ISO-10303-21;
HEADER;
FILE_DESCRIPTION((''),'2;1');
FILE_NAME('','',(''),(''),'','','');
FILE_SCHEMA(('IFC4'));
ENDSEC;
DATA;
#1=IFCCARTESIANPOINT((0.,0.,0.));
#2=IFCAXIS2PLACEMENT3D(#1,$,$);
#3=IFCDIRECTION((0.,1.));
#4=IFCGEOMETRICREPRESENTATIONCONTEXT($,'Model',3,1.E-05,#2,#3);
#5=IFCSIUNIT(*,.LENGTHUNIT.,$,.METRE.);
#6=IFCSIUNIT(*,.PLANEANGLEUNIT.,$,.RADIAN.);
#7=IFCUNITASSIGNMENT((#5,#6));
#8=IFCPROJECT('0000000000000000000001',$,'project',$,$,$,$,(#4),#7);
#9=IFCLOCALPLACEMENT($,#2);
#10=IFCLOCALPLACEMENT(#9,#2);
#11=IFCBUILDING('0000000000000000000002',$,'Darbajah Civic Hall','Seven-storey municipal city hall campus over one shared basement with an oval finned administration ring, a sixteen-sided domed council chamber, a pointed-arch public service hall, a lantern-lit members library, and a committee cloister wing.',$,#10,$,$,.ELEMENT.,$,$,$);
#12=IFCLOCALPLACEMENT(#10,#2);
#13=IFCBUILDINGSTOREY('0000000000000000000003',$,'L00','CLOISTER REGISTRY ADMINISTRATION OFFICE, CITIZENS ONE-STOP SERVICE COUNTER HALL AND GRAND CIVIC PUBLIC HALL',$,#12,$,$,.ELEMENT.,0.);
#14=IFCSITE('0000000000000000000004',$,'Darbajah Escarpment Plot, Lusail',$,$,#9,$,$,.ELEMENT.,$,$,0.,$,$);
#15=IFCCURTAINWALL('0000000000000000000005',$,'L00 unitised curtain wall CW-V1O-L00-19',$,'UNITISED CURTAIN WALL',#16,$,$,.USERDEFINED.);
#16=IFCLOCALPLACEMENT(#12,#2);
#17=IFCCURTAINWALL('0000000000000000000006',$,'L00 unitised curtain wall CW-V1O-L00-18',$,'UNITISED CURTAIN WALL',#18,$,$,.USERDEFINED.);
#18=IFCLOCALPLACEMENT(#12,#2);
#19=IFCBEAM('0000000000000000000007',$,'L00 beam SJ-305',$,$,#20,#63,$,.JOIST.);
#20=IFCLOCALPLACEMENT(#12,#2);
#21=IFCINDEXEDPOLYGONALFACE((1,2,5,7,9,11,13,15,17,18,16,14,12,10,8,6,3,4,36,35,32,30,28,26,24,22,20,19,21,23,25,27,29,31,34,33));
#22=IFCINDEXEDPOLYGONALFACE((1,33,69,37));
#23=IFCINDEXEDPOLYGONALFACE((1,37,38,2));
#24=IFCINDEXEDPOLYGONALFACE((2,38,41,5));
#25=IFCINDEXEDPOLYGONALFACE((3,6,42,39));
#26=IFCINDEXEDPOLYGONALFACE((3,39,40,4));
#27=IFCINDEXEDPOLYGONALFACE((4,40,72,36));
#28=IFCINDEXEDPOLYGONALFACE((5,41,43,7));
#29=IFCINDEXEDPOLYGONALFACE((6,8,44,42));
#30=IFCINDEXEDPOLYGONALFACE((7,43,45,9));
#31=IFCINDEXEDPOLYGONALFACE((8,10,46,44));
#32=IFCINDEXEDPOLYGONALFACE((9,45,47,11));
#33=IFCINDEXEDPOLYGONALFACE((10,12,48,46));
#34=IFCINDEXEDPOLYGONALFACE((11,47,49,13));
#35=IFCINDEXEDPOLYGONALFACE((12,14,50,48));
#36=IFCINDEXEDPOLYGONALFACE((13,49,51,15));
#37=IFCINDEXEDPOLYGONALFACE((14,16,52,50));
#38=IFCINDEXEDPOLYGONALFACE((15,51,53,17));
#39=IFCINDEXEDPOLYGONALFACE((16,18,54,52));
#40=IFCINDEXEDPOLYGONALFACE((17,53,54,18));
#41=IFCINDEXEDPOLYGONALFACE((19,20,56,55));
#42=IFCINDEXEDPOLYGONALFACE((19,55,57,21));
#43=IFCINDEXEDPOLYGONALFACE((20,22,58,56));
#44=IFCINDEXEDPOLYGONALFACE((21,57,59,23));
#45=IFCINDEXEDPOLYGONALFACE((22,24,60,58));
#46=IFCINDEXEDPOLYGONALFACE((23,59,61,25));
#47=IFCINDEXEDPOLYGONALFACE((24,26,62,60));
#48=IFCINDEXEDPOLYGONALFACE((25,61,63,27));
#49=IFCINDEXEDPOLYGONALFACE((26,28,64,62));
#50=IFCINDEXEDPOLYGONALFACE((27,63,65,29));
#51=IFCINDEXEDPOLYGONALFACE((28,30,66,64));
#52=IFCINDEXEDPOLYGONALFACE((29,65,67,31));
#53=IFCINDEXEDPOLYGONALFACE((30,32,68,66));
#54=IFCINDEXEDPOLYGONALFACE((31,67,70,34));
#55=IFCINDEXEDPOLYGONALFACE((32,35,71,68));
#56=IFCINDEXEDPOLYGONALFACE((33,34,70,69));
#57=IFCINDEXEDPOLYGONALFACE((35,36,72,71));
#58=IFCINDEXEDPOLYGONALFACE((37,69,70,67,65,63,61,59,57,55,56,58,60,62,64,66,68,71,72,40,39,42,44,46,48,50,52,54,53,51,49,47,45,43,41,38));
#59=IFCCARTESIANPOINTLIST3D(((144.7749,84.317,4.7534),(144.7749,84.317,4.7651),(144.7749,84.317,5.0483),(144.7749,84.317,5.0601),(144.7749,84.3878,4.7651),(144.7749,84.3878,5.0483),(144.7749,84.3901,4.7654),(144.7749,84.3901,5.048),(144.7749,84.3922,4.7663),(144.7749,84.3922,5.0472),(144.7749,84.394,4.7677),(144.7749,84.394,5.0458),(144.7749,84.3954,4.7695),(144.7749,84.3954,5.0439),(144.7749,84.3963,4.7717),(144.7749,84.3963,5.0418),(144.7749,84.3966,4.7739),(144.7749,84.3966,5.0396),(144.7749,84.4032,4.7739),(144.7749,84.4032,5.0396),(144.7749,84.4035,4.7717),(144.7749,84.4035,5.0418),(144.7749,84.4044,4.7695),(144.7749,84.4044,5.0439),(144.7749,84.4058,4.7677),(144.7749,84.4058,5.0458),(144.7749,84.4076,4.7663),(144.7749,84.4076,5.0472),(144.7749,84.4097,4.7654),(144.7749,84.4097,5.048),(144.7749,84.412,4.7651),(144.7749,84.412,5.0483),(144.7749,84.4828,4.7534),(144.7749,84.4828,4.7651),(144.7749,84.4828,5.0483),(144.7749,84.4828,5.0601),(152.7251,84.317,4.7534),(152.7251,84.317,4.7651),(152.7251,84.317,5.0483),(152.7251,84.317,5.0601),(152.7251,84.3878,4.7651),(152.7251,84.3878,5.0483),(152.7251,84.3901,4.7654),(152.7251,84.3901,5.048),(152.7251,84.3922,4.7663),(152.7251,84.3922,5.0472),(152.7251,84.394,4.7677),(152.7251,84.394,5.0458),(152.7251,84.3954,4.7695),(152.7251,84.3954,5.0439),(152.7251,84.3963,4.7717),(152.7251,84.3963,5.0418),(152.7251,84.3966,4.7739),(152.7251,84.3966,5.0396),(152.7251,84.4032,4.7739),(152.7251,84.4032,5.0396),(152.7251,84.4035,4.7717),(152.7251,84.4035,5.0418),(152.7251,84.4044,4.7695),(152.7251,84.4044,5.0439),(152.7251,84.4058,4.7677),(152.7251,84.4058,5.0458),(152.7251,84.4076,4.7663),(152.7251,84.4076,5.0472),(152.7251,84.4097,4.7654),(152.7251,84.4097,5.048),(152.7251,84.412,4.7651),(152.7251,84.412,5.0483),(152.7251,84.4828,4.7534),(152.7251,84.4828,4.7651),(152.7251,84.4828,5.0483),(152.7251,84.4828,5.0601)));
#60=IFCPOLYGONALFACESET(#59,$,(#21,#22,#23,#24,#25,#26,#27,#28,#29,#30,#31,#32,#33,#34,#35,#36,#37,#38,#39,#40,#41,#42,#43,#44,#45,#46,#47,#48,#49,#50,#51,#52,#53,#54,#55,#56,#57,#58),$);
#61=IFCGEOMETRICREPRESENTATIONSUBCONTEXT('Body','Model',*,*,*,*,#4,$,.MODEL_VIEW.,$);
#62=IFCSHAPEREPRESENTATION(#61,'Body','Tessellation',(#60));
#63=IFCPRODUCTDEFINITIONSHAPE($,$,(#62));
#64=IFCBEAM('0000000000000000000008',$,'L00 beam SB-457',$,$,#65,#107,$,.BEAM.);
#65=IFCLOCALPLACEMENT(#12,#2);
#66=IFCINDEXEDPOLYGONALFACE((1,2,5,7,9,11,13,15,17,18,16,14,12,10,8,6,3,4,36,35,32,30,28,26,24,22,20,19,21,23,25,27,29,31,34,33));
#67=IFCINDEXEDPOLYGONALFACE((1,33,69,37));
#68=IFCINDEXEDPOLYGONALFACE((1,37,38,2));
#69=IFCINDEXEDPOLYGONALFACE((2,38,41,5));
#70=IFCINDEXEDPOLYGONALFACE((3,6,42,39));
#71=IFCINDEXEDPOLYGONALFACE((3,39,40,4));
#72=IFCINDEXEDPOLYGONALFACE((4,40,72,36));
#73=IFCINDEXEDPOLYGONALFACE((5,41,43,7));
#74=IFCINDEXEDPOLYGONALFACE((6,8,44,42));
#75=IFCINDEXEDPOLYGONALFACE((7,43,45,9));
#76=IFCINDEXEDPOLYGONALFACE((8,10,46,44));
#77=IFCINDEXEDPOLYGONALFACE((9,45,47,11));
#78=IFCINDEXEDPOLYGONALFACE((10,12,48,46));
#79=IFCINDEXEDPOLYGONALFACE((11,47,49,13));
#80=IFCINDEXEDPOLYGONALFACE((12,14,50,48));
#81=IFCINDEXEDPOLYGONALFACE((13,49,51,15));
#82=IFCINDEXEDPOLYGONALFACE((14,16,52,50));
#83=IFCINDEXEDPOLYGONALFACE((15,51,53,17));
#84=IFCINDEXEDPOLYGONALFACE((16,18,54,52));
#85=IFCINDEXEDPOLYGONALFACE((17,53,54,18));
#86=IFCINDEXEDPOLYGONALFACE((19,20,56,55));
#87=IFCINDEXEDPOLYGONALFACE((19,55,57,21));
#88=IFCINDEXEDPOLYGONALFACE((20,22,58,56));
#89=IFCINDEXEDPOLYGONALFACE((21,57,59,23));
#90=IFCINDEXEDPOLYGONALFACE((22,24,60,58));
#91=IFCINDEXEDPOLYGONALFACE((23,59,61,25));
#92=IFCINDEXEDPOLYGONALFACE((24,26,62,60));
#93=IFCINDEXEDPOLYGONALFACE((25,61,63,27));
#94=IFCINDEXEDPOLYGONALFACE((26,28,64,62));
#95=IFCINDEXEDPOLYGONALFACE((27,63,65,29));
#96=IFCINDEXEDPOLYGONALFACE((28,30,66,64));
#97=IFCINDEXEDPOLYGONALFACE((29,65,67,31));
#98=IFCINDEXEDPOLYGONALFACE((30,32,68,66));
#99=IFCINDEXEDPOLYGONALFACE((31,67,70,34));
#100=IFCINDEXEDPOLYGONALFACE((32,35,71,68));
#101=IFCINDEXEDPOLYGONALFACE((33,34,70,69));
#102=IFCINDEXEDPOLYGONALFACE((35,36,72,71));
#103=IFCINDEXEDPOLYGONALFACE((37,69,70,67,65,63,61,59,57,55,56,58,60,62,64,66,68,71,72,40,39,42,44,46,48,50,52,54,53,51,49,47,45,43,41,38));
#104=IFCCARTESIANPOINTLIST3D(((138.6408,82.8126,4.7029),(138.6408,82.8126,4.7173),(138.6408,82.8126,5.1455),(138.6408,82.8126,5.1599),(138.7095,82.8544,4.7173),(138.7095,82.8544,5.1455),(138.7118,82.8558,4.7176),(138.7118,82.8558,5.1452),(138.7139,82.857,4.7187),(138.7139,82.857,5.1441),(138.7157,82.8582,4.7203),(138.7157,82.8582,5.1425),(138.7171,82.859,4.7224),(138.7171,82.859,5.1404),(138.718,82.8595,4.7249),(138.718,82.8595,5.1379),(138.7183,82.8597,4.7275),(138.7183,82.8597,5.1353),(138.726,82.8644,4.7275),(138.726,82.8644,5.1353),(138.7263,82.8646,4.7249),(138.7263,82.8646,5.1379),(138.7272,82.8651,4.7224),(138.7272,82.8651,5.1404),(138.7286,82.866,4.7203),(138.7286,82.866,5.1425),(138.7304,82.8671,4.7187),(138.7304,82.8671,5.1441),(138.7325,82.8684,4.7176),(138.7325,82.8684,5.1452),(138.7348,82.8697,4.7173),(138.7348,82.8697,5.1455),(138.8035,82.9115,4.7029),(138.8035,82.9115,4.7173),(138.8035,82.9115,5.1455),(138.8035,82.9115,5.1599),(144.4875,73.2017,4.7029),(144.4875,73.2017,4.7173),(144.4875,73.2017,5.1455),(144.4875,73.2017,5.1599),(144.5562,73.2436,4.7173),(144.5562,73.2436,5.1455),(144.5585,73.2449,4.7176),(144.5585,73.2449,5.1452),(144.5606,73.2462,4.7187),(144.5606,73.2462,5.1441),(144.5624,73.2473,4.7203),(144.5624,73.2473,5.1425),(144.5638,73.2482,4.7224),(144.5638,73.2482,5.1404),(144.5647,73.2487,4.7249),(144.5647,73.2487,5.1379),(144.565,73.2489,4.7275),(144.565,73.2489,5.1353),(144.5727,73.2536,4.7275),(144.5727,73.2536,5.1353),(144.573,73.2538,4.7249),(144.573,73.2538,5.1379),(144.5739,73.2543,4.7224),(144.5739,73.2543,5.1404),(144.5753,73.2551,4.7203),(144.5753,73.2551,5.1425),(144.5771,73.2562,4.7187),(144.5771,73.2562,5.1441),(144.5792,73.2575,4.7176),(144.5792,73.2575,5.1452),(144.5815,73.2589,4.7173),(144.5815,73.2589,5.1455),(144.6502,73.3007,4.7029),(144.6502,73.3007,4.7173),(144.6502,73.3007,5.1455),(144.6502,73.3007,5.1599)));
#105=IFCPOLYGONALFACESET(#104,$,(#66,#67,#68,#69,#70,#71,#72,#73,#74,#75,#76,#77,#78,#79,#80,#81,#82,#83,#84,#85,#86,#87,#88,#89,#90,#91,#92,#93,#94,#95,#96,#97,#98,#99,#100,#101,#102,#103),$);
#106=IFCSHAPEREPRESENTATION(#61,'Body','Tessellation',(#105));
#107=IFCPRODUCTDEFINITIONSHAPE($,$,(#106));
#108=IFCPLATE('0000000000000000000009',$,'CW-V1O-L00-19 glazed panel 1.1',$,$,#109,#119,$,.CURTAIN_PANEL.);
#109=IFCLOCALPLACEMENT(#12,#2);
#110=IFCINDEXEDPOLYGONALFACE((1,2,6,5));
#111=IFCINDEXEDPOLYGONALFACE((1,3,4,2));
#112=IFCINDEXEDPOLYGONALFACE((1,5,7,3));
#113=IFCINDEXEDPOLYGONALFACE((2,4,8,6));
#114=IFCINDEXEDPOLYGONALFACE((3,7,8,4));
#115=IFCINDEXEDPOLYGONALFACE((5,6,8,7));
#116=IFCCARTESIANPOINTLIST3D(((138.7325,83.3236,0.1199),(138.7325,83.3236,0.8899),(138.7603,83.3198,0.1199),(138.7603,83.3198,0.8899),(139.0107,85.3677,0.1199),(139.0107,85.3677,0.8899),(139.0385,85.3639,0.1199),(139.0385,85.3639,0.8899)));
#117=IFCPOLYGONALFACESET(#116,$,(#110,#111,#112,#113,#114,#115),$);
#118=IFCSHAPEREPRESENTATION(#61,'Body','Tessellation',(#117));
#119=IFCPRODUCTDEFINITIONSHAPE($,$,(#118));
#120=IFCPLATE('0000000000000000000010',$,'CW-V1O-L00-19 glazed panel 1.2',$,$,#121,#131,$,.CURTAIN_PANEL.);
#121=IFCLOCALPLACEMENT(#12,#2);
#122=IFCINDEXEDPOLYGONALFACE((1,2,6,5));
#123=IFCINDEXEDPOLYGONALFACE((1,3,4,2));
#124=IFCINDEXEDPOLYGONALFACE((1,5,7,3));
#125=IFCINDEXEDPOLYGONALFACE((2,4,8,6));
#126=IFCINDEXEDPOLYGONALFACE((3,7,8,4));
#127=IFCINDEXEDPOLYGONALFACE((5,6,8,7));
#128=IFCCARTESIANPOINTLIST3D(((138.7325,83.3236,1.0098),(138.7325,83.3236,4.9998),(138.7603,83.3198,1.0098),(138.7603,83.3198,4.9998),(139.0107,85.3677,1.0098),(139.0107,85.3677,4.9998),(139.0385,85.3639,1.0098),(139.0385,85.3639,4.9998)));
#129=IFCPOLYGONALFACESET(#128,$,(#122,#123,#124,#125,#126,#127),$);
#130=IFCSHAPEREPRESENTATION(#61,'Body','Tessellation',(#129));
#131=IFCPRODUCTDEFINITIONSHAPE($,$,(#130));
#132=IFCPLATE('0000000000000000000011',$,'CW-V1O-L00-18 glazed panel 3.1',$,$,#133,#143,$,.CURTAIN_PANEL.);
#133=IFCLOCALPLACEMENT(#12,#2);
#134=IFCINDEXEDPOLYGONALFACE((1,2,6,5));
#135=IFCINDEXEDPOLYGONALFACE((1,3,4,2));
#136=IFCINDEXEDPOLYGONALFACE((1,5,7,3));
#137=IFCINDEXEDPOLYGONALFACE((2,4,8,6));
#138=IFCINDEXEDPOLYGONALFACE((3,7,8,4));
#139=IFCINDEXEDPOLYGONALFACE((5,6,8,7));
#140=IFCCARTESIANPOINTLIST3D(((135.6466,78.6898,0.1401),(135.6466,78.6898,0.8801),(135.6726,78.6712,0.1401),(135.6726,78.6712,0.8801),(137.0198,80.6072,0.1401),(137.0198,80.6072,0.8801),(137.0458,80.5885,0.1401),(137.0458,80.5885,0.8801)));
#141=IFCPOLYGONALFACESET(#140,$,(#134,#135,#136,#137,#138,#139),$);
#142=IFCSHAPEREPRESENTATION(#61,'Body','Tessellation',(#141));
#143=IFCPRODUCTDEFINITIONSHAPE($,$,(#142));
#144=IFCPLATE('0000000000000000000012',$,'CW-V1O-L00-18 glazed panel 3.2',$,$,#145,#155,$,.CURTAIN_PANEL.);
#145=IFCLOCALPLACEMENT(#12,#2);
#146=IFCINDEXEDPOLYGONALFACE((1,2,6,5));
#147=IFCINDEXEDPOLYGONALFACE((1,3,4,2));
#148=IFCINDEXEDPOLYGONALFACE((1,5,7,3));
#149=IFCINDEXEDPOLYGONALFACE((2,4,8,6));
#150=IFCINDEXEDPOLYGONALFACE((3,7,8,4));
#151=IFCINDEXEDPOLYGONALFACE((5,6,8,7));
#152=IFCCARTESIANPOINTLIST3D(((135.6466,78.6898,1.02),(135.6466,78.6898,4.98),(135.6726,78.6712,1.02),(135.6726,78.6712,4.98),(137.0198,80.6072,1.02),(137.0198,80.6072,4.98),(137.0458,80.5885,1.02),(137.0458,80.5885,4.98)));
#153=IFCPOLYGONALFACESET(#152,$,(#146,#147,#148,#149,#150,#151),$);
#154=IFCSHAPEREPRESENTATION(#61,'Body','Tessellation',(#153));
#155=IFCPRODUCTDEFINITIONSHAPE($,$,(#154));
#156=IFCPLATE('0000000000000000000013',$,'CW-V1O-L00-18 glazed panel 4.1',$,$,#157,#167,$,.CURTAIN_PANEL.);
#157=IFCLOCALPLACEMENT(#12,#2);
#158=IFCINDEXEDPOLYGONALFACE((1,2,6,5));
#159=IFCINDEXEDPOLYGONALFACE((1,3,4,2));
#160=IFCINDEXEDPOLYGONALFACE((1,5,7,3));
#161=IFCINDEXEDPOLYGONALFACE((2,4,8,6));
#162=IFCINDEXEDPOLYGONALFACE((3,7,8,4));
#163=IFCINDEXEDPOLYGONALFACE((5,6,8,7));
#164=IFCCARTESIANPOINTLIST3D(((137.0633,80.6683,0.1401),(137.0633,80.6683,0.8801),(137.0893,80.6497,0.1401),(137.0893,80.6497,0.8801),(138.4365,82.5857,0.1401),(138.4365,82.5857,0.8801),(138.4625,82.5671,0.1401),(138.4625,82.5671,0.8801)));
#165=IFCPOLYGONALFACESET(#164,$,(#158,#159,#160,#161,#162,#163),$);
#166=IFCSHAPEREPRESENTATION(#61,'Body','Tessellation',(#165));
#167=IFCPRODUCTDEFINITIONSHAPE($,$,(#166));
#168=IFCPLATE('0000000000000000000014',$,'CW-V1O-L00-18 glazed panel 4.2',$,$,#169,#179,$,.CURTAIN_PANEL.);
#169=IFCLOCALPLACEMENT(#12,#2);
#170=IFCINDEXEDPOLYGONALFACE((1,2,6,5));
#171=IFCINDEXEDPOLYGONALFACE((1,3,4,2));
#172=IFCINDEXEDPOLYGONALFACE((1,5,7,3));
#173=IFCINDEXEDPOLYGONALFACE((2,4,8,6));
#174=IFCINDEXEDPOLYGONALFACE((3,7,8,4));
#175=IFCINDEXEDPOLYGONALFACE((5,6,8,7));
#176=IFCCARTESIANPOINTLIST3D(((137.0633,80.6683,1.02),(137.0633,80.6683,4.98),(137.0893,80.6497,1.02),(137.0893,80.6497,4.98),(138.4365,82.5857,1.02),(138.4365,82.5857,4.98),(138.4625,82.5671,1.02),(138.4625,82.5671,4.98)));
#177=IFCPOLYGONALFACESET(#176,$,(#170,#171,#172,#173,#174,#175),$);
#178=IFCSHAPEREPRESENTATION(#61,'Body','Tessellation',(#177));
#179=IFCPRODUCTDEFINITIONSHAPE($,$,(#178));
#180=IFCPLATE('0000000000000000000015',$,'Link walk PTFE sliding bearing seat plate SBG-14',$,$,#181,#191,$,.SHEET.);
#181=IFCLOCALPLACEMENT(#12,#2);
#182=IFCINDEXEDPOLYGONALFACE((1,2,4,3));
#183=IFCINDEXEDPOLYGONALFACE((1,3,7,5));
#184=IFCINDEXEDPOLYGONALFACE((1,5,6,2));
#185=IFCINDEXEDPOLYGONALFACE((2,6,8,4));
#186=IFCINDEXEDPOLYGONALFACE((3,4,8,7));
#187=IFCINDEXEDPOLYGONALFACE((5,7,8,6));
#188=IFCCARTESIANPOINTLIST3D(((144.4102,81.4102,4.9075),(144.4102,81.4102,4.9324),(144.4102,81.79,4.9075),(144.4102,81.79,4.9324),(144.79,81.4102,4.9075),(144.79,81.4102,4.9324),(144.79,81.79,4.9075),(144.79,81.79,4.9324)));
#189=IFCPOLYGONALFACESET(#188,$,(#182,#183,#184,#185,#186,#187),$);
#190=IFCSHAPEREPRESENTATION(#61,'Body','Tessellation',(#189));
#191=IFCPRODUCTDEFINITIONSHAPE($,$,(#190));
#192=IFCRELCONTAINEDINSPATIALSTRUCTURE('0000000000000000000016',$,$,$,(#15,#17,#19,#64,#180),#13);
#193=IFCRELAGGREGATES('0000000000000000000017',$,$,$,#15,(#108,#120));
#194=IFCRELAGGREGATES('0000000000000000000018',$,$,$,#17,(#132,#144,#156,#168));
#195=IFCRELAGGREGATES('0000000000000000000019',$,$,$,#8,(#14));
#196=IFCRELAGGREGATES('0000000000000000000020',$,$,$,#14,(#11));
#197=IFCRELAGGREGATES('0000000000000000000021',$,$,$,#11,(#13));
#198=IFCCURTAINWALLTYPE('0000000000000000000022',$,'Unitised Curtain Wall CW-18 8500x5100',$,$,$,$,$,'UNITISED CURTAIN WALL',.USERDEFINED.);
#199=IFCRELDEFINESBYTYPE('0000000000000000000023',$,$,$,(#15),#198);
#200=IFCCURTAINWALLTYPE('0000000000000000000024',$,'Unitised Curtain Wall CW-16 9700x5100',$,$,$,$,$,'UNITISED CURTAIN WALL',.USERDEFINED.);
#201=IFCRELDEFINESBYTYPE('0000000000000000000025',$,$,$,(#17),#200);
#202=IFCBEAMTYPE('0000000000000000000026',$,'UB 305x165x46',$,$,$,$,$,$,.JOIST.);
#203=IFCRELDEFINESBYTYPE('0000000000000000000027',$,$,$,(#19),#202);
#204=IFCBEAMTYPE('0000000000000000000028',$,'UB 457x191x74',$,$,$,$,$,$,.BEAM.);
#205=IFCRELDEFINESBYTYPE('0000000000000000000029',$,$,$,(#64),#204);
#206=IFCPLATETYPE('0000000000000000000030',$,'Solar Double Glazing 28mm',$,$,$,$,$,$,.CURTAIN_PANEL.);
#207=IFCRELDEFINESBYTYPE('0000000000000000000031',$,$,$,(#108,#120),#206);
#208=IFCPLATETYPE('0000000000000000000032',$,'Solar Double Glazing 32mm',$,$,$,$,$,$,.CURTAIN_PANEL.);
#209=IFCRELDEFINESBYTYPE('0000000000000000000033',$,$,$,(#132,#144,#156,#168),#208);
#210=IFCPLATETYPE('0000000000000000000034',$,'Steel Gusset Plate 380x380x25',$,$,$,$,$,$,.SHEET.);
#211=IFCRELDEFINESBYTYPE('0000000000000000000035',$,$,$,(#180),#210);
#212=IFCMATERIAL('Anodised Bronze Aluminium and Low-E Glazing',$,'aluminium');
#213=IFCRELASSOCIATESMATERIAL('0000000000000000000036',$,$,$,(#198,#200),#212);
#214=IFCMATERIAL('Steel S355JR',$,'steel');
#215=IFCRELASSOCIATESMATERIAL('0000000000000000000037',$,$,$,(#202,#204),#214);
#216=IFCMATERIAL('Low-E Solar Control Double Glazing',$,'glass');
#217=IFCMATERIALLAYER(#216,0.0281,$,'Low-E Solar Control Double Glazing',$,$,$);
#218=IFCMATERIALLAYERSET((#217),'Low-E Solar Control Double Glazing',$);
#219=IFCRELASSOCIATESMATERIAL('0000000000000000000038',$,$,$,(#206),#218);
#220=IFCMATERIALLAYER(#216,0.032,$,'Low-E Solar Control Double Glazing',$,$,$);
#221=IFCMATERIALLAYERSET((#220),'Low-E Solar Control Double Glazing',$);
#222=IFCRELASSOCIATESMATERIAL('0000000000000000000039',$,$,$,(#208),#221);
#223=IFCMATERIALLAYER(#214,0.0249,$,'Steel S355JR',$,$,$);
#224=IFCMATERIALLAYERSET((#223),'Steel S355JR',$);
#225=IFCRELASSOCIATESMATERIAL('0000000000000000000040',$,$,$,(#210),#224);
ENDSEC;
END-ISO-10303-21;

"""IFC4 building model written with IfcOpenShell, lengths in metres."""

from ifc_helpers import new_model, si_unit, direction, frame, origin, origin_2d, place, context, subcontext, project, spatial, rectangle, i_section, extrude, material, layer, layer_set, material_profile, profile_set, type_object, element, aggregate, save


model = new_model("IFC4")

# Units and contexts
model_context = context("Model", 3, precision=1e-05, world=origin(), true_north=direction((0.0, 1.0)))
body_context = subcontext(model_context, "Body", "Model", "MODEL_VIEW")
ifc_project = project(units=[si_unit("LENGTHUNIT", "METRE"), si_unit("PLANEANGLEUNIT", "RADIAN")], contexts=[model_context])

# Site, building, storey
site_placement = place(None, origin())
site = spatial("IfcSite", under=ifc_project, at=site_placement, Name="Darbajah Escarpment Plot, Lusail", CompositionType="ELEMENT", RefElevation=0.0)
building_placement = place(site_placement, origin())
building = spatial("IfcBuilding", under=site, at=building_placement, Name="Darbajah Civic Hall", Description="Seven-storey municipal city hall campus over one shared basement with an oval finned administration ring, a sixteen-sided domed council chamber, a pointed-arch public service hall, a lantern-lit members library, and a committee cloister wing.", CompositionType="ELEMENT")
storey_placement = place(building_placement, origin())
storey = spatial("IfcBuildingStorey", under=building, at=storey_placement, Name="L00", Description="CLOISTER REGISTRY ADMINISTRATION OFFICE, CITIZENS ONE-STOP SERVICE COUNTER HALL AND GRAND CIVIC PUBLIC HALL", CompositionType="ELEMENT", Elevation=0.0)

# Curtain walls
ifc_material_1 = material(Name="Anodised Bronze Aluminium and Low-E Glazing", Category="aluminium")
curtain_wall_type_1 = type_object("IfcCurtainWallType", Name="Unitised Curtain Wall CW-18 8500x5100", ElementType="UNITISED CURTAIN WALL", PredefinedType="USERDEFINED", material=ifc_material_1)
curtain_wall_1_placement = place(storey_placement, origin())
curtain_wall_1 = element("IfcCurtainWall", 1, at=curtain_wall_1_placement, inside=storey, type_object=curtain_wall_type_1, Name="L00 unitised curtain wall CW-V1O-L00-19", ObjectType="UNITISED CURTAIN WALL", PredefinedType="USERDEFINED")
curtain_wall_type_2 = type_object("IfcCurtainWallType", Name="Unitised Curtain Wall CW-16 9700x5100", ElementType="UNITISED CURTAIN WALL", PredefinedType="USERDEFINED", material=ifc_material_1)
curtain_wall_2_placement = place(storey_placement, origin())
curtain_wall_2 = element("IfcCurtainWall", 2, at=curtain_wall_2_placement, inside=storey, type_object=curtain_wall_type_2, Name="L00 unitised curtain wall CW-V1O-L00-18", ObjectType="UNITISED CURTAIN WALL", PredefinedType="USERDEFINED")

# Beams
ifc_material_2 = material(Name="Steel S355JR", Category="steel")
ifc_material_profile_1 = material_profile(ifc_material_2, i_section(OverallWidth=0.1658, OverallDepth=0.3066, WebThickness=0.0066, FlangeThickness=0.0117, FilletRadius=0.0088, at=origin_2d()), Name="UB 305x165x46")
ifc_profile_set_1 = profile_set([ifc_material_profile_1], Name="Steel S355JR")
beam_type_1 = type_object("IfcBeamType", Name="UB 305x165x46", PredefinedType="JOIST", material=ifc_profile_set_1)
beam_1_placement = place(storey_placement, frame((144.7749, 84.3999, 4.9067), z_axis=(1.0, 0.0, 0.0), x_axis=(0.0, 1.0, 0.0)))
element("IfcBeam", 3, at=beam_1_placement, inside=storey, type_object=beam_type_1, Name="L00 beam SJ-305", PredefinedType="JOIST", context=body_context, shape_type="SweptSolid", body=[
    extrude(i_section(OverallWidth=0.1658, OverallDepth=0.3066, WebThickness=0.0066, FlangeThickness=0.0117, FilletRadius=0.0088, at=origin_2d()), origin(), (0.0, 0.0, 1.0), 7.9502),
])
ifc_material_profile_2 = material_profile(ifc_material_2, i_section(OverallWidth=0.1904, OverallDepth=0.457, WebThickness=0.009, FlangeThickness=0.0144, FilletRadius=0.0103, at=origin_2d()), Name="UB 457x191x74")
ifc_profile_set_2 = profile_set([ifc_material_profile_2], Name="Steel S355JR")
beam_type_2 = type_object("IfcBeamType", Name="UB 457x191x74", PredefinedType="BEAM", material=ifc_profile_set_2)
beam_2_placement = place(storey_placement, frame((138.7222, 82.8621, 4.9314), z_axis=(0.519727, -0.854333, 0.0), x_axis=(0.854333, 0.519727, 0.0)))
element("IfcBeam", 4, at=beam_2_placement, inside=storey, type_object=beam_type_2, Name="L00 beam SB-457", PredefinedType="BEAM", context=body_context, shape_type="SweptSolid", body=[
    extrude(i_section(OverallWidth=0.1904, OverallDepth=0.457, WebThickness=0.009, FlangeThickness=0.0144, FilletRadius=0.0103, at=origin_2d()), origin(), (0.0, 0.0, 1.0), 11.2495),
])

# Plates
ifc_material_3 = material(Name="Low-E Solar Control Double Glazing", Category="glass")
ifc_layer_1 = layer(ifc_material_3, 0.0281, Name="Low-E Solar Control Double Glazing")
ifc_layer_set_1 = layer_set([ifc_layer_1], Name="Low-E Solar Control Double Glazing")
plate_type_1 = type_object("IfcPlateType", Name="Solar Double Glazing 28mm", PredefinedType="CURTAIN_PANEL", material=ifc_layer_set_1)
plate_1_placement = place(storey_placement, frame((138.8855, 84.3438, 0.1199), z_axis=(0.0, 0.0, 1.0), x_axis=(0.134851, 0.990866, 0.0)))
plate_1 = element("IfcPlate", 5, at=plate_1_placement, type_object=plate_type_1, Name="CW-V1O-L00-19 glazed panel 1.1", PredefinedType="CURTAIN_PANEL", context=body_context, shape_type="SweptSolid", body=[
    extrude(rectangle(XDim=2.063, YDim=0.0281, at=origin_2d()), origin(), (0.0, 0.0, 1.0), 0.77),
])
plate_2_placement = place(storey_placement, frame((138.8855, 84.3438, 1.0098), z_axis=(0.0, 0.0, 1.0), x_axis=(0.134851, 0.990866, 0.0)))
plate_2 = element("IfcPlate", 6, at=plate_2_placement, type_object=plate_type_1, Name="CW-V1O-L00-19 glazed panel 1.2", PredefinedType="CURTAIN_PANEL", context=body_context, shape_type="SweptSolid", body=[
    extrude(rectangle(XDim=2.063, YDim=0.0281, at=origin_2d()), origin(), (0.0, 0.0, 1.0), 3.99),
])
aggregate(curtain_wall_1, [plate_1, plate_2])
ifc_layer_2 = layer(ifc_material_3, 0.032, Name="Low-E Solar Control Double Glazing")
ifc_layer_set_2 = layer_set([ifc_layer_2], Name="Low-E Solar Control Double Glazing")
plate_type_2 = type_object("IfcPlateType", Name="Solar Double Glazing 32mm", PredefinedType="CURTAIN_PANEL", material=ifc_layer_set_2)
plate_3_placement = place(storey_placement, frame((136.3462, 79.6392, 0.1401), z_axis=(0.0, 0.0, 1.0), x_axis=(0.582265, 0.812999, 0.0)))
plate_3 = element("IfcPlate", 7, at=plate_3_placement, type_object=plate_type_2, Name="CW-V1O-L00-18 glazed panel 3.1", PredefinedType="CURTAIN_PANEL", context=body_context, shape_type="SweptSolid", body=[
    extrude(rectangle(XDim=2.3584, YDim=0.032, at=origin_2d()), origin(), (0.0, 0.0, 1.0), 0.74),
])
plate_4_placement = place(storey_placement, frame((136.3462, 79.6392, 1.02), z_axis=(0.0, 0.0, 1.0), x_axis=(0.582265, 0.812999, 0.0)))
plate_4 = element("IfcPlate", 8, at=plate_4_placement, type_object=plate_type_2, Name="CW-V1O-L00-18 glazed panel 3.2", PredefinedType="CURTAIN_PANEL", context=body_context, shape_type="SweptSolid", body=[
    extrude(rectangle(XDim=2.3584, YDim=0.032, at=origin_2d()), origin(), (0.0, 0.0, 1.0), 3.96),
])
plate_5_placement = place(storey_placement, frame((137.7629, 81.6177, 0.1401), z_axis=(0.0, 0.0, 1.0), x_axis=(0.582265, 0.812999, 0.0)))
plate_5 = element("IfcPlate", 9, at=plate_5_placement, type_object=plate_type_2, Name="CW-V1O-L00-18 glazed panel 4.1", PredefinedType="CURTAIN_PANEL", context=body_context, shape_type="SweptSolid", body=[
    extrude(rectangle(XDim=2.3584, YDim=0.032, at=origin_2d()), origin(), (0.0, 0.0, 1.0), 0.74),
])
plate_6_placement = place(storey_placement, frame((137.7629, 81.6177, 1.02), z_axis=(0.0, 0.0, 1.0), x_axis=(0.582265, 0.812999, 0.0)))
plate_6 = element("IfcPlate", 10, at=plate_6_placement, type_object=plate_type_2, Name="CW-V1O-L00-18 glazed panel 4.2", PredefinedType="CURTAIN_PANEL", context=body_context, shape_type="SweptSolid", body=[
    extrude(rectangle(XDim=2.3584, YDim=0.032, at=origin_2d()), origin(), (0.0, 0.0, 1.0), 3.96),
])
aggregate(curtain_wall_2, [plate_3, plate_4, plate_5, plate_6])

# Plate
ifc_layer_3 = layer(ifc_material_2, 0.0249, Name="Steel S355JR")
ifc_layer_set_3 = layer_set([ifc_layer_3], Name="Steel S355JR")
plate_type_3 = type_object("IfcPlateType", Name="Steel Gusset Plate 380x380x25", PredefinedType="SHEET", material=ifc_layer_set_3)
for number, where, z_axis, x_axis, name in (
    (11, (144.6001, 81.6001, 4.9075), (0.0, 0.0, 1.0), (1.0, 0.0, 0.0), "Link walk PTFE sliding bearing seat plate SBG-14"),
):
    element("IfcPlate", number, at=place(storey_placement, frame(where, z_axis=z_axis, x_axis=x_axis)), inside=storey, type_object=plate_type_3, Name=name, PredefinedType="SHEET", context=body_context, shape_type="SweptSolid", body=[
        extrude(rectangle(XDim=0.3799, YDim=0.3799, at=origin_2d()), origin(), (0.0, 0.0, 1.0), 0.0249),
    ])

save(model, "model.ifc")
